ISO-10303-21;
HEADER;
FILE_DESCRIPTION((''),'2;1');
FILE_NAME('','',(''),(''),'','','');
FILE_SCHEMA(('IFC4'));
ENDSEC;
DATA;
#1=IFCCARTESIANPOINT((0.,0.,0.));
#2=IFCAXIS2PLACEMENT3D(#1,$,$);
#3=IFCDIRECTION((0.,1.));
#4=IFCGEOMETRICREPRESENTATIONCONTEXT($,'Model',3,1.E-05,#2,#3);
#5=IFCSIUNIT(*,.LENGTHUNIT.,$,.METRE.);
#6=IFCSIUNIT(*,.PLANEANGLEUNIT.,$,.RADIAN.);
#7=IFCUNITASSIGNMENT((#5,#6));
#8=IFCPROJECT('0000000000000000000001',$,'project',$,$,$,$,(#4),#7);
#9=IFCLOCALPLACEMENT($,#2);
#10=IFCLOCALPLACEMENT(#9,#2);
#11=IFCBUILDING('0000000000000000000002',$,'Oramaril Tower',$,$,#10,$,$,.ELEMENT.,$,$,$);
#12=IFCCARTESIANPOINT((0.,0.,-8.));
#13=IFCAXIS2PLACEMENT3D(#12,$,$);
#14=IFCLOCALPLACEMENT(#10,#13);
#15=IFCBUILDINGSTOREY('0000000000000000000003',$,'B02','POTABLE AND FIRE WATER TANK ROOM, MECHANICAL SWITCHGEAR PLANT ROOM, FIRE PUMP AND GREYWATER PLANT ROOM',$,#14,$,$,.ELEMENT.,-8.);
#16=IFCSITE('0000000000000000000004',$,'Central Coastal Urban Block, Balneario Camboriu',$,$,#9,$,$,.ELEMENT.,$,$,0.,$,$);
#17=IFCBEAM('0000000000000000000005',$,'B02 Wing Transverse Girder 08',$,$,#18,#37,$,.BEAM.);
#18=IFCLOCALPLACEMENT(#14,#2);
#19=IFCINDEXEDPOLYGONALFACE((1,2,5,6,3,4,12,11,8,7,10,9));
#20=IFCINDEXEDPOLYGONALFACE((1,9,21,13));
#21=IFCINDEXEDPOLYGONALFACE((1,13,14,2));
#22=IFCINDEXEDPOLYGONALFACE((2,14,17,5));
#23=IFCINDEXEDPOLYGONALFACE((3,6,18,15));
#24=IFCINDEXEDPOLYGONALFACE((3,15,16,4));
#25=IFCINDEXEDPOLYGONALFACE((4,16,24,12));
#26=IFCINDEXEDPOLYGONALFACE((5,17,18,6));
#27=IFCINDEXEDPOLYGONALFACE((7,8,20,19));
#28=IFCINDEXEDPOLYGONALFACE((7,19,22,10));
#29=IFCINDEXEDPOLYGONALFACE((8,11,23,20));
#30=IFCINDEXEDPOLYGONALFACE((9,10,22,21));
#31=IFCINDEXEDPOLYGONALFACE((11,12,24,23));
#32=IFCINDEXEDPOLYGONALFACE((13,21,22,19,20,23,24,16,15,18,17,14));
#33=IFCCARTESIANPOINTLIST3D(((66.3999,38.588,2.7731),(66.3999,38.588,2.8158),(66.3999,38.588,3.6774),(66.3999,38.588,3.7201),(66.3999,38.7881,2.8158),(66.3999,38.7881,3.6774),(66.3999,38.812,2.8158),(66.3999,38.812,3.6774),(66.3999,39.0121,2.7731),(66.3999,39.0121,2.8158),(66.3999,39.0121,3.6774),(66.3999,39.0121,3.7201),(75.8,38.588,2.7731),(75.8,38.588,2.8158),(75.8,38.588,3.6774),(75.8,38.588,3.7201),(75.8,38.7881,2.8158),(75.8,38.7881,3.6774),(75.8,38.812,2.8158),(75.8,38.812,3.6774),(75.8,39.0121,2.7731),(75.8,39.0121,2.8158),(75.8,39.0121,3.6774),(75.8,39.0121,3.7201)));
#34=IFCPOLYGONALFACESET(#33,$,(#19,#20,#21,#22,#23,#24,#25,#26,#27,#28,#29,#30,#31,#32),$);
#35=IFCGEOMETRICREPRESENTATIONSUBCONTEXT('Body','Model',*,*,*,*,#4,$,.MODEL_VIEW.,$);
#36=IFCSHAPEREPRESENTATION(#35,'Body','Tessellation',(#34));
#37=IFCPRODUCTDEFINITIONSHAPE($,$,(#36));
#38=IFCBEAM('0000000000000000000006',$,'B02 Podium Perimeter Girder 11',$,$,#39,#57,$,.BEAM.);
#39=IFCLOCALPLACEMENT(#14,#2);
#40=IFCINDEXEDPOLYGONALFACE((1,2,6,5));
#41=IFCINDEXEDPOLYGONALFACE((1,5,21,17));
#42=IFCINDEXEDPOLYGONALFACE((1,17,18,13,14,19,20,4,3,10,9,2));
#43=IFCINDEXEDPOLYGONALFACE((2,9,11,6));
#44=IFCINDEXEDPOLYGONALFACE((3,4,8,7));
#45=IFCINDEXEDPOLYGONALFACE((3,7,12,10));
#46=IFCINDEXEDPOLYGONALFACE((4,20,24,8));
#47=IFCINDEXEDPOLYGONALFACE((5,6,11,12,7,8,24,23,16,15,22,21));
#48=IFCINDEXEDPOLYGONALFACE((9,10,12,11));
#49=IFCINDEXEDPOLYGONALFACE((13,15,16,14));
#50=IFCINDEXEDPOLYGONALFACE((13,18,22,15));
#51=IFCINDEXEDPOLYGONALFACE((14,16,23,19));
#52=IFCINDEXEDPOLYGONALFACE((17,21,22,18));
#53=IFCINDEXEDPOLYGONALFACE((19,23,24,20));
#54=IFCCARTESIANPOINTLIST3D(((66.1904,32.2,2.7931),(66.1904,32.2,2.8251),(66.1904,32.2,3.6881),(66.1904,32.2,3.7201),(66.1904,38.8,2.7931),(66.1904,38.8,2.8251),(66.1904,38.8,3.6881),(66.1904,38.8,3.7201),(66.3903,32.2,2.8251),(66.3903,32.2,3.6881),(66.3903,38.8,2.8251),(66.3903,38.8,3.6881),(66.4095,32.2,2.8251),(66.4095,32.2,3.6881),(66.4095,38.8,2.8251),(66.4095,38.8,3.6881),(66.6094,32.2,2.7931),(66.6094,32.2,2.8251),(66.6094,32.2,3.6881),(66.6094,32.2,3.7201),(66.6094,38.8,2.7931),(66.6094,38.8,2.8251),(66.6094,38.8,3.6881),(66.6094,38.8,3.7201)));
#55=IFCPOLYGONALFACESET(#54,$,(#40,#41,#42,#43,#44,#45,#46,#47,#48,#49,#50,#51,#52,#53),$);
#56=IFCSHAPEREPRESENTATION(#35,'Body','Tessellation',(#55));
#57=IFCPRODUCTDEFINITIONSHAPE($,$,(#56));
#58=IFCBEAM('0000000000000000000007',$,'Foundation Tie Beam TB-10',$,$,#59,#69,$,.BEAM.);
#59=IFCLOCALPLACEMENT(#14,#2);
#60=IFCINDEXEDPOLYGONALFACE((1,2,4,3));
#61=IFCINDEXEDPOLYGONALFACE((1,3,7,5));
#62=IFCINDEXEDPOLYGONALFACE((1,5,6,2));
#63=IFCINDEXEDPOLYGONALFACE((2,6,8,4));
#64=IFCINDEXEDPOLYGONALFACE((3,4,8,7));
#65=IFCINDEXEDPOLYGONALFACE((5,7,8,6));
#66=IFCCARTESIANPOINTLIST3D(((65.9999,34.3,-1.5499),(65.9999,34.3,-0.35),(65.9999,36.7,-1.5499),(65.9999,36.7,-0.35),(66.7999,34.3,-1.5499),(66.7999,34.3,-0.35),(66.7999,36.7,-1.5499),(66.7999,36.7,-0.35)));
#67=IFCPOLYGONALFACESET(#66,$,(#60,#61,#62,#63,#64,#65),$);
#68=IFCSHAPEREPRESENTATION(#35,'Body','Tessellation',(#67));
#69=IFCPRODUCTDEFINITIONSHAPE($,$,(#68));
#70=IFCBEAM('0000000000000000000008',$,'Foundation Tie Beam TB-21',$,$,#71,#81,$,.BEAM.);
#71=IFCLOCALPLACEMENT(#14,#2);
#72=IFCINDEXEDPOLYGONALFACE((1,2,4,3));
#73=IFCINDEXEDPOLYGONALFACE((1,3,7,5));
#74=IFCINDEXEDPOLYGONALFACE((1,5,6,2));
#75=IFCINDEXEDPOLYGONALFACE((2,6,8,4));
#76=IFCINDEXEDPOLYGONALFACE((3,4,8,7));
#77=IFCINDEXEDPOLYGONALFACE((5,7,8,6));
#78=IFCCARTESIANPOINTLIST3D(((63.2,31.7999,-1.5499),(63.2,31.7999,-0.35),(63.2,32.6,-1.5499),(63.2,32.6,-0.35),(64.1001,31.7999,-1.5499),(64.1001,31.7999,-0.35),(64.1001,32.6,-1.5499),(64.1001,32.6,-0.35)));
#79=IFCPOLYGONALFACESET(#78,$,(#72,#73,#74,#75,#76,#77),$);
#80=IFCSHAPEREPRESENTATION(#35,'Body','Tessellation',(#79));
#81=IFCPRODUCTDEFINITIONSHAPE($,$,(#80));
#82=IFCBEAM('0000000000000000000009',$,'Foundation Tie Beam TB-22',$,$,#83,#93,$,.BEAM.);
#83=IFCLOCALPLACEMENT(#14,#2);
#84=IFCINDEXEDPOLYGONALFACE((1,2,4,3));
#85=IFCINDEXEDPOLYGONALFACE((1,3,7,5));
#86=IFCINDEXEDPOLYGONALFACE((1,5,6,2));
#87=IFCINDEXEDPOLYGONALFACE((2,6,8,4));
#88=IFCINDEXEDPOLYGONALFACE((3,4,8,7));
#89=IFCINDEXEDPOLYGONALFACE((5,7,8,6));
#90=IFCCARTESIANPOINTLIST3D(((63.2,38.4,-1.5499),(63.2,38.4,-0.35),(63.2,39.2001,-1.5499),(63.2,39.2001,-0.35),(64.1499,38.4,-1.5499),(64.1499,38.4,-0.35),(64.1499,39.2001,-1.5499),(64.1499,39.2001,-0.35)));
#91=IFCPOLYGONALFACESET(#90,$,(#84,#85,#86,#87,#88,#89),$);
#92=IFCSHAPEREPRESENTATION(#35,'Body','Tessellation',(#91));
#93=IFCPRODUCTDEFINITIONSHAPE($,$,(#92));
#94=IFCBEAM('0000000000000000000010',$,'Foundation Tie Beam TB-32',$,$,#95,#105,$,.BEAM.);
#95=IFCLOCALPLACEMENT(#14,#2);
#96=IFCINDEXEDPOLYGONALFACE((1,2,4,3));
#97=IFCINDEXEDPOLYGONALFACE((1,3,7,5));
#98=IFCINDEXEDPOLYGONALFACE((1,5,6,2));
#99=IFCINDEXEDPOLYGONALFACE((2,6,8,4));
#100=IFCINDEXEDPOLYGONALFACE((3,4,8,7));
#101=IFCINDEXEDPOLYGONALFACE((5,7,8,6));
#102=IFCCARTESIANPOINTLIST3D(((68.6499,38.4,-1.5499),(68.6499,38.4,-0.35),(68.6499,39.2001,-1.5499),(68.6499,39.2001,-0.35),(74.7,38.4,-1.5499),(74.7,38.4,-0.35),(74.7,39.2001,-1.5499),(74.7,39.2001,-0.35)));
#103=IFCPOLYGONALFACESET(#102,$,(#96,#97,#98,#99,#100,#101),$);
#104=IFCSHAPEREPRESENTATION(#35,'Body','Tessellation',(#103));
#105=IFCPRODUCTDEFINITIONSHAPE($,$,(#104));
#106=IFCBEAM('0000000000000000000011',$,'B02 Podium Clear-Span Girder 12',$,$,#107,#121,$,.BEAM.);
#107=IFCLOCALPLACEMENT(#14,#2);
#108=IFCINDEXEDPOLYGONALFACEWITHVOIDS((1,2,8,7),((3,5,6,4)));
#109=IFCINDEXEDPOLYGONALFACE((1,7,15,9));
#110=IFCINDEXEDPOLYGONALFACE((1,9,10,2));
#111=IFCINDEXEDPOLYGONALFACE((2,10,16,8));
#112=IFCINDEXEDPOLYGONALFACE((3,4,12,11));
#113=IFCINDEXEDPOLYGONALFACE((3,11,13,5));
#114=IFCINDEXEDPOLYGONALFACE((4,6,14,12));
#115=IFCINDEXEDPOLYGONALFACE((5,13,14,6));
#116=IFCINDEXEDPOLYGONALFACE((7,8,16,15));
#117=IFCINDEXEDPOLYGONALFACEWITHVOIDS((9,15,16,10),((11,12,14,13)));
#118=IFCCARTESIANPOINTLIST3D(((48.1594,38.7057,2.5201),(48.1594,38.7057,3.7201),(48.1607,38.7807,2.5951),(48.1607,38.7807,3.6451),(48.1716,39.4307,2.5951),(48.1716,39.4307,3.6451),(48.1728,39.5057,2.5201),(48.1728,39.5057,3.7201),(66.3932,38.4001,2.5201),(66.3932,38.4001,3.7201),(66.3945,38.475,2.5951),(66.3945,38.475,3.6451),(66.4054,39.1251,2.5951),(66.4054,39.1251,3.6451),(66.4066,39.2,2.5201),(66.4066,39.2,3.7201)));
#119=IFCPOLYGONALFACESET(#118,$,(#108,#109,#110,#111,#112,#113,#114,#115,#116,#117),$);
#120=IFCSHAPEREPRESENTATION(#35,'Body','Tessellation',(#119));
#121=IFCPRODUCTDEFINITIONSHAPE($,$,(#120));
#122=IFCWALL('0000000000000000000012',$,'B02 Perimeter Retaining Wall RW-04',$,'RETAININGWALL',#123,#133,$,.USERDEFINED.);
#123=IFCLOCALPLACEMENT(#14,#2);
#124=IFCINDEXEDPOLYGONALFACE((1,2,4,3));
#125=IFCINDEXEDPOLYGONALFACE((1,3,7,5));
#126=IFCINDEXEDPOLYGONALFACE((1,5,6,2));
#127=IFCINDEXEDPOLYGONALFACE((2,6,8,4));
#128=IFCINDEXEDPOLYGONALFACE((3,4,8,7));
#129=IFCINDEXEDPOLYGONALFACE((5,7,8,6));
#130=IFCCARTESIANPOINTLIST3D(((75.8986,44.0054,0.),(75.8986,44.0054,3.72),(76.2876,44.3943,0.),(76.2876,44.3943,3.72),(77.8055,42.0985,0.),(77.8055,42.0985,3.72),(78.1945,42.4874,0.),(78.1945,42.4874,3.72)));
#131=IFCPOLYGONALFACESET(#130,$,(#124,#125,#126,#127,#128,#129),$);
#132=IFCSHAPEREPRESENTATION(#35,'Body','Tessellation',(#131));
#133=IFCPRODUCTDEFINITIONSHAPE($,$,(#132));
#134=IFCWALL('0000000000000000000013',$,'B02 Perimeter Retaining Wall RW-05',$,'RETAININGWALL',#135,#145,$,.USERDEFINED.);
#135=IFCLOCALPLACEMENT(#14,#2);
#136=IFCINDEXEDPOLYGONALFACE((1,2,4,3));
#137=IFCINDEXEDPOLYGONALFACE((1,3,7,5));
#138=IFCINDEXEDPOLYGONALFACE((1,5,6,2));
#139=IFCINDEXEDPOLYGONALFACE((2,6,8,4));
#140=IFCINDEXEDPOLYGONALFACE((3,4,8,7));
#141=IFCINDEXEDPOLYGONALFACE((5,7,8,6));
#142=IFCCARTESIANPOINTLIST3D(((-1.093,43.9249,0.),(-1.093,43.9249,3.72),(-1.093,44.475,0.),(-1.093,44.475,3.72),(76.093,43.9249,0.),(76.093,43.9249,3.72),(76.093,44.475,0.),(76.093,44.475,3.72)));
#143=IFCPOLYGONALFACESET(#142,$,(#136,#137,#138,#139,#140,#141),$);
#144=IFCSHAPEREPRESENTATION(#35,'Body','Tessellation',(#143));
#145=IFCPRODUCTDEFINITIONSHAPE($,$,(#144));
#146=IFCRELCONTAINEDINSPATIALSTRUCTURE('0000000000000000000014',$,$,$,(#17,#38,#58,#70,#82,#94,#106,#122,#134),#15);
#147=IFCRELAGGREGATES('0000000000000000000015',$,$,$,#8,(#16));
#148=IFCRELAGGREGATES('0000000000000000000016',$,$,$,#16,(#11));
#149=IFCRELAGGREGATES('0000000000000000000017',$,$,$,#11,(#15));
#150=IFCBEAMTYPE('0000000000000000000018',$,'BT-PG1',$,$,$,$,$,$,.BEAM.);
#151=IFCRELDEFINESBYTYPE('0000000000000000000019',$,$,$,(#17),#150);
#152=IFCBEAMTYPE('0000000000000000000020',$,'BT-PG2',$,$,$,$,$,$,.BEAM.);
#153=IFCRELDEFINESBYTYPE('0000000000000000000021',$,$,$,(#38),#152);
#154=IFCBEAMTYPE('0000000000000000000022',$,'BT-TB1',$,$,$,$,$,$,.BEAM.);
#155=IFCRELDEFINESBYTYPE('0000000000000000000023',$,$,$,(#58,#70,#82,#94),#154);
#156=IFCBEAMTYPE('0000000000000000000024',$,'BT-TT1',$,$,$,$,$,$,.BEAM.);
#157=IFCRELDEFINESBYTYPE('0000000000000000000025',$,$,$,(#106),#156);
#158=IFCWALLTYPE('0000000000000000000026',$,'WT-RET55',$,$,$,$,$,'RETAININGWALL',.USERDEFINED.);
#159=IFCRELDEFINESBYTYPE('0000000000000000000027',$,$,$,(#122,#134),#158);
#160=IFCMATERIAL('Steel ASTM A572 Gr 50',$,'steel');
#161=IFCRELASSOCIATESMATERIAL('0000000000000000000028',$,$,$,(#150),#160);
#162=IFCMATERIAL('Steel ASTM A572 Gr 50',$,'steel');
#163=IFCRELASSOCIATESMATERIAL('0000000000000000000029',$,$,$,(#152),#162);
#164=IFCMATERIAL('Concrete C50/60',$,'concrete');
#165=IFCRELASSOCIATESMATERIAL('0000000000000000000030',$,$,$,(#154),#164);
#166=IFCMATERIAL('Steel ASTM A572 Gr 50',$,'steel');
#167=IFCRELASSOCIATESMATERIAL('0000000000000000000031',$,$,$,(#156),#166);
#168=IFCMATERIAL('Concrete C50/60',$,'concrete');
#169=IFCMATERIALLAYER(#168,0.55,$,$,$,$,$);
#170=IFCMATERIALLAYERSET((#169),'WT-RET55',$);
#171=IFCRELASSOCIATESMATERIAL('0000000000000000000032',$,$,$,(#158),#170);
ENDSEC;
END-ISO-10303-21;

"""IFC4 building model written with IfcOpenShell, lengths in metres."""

from ifc_helpers import new_model, si_unit, direction, frame, frame_2d, origin, origin_2d, place, context, subcontext, project, spatial, rectangle, hollow_rectangle, i_section, extrude, material, layer, layer_set, material_profile, profile_set, type_object, element, save


model = new_model("IFC4")

# Units and contexts
model_context = context("Model", 3, precision=1e-05, world=origin(), true_north=direction((0.0, 1.0)))
body_context = subcontext(model_context, "Body", "Model", "MODEL_VIEW")
ifc_project = project(units=[si_unit("LENGTHUNIT", "METRE"), si_unit("PLANEANGLEUNIT", "RADIAN")], contexts=[model_context])

# Site, building, storey
site_placement = place(None, origin())
site = spatial("IfcSite", under=ifc_project, at=site_placement, Name="Central Coastal Urban Block, Balneario Camboriu", CompositionType="ELEMENT", RefElevation=0.0)
building_placement = place(site_placement, origin())
building = spatial("IfcBuilding", under=site, at=building_placement, Name="Oramaril Tower", CompositionType="ELEMENT")
storey_placement = place(building_placement, frame((0.0, 0.0, -8.0)))
storey = spatial("IfcBuildingStorey", under=building, at=storey_placement, Name="B02", Description="POTABLE AND FIRE WATER TANK ROOM, MECHANICAL SWITCHGEAR PLANT ROOM, FIRE PUMP AND GREYWATER PLANT ROOM", CompositionType="ELEMENT", Elevation=-8.0)

# Beams
ifc_material_1 = material(Name="Steel ASTM A572 Gr 50", Category="steel")
ifc_material_profile_1 = material_profile(ifc_material_1, i_section(OverallWidth=0.4241, OverallDepth=0.947, WebThickness=0.0239, FlangeThickness=0.0427, at=origin_2d()), Name="W36X302")
ifc_profile_set_1 = profile_set([ifc_material_profile_1], Name="Steel ASTM A572 Gr 50")
beam_type_1 = type_object("IfcBeamType", Name="BT-PG1", PredefinedType="BEAM", material=ifc_profile_set_1)
beam_1_placement = place(storey_placement, frame((66.3999, 38.8, 3.2466), z_axis=(1.0, 0.0, 0.0), x_axis=(0.0, 1.0, 0.0)))
element("IfcBeam", 1, at=beam_1_placement, inside=storey, type_object=beam_type_1, Name="B02 Wing Transverse Girder 08", PredefinedType="BEAM", context=body_context, shape_type="SweptSolid", body=[
    extrude(i_section(OverallWidth=0.4241, OverallDepth=0.947, WebThickness=0.0239, FlangeThickness=0.0427, at=origin_2d()), origin(), (0.0, 0.0, 1.0), 9.4001),
])
ifc_material_2 = material(Name="Steel ASTM A572 Gr 50", Category="steel")
ifc_material_profile_2 = material_profile(ifc_material_2, i_section(OverallWidth=0.4189, OverallDepth=0.927, WebThickness=0.0193, FlangeThickness=0.032, at=origin_2d()), Name="W36X231")
ifc_profile_set_2 = profile_set([ifc_material_profile_2], Name="Steel ASTM A572 Gr 50")
beam_type_2 = type_object("IfcBeamType", Name="BT-PG2", PredefinedType="BEAM", material=ifc_profile_set_2)
beam_2_placement = place(storey_placement, frame((66.3999, 32.2, 3.2566), z_axis=(0.0, 1.0, 0.0), x_axis=(-1.0, 0.0, 0.0)))
element("IfcBeam", 2, at=beam_2_placement, inside=storey, type_object=beam_type_2, Name="B02 Podium Perimeter Girder 11", PredefinedType="BEAM", context=body_context, shape_type="SweptSolid", body=[
    extrude(i_section(OverallWidth=0.4189, OverallDepth=0.927, WebThickness=0.0193, FlangeThickness=0.032, at=origin_2d()), origin(), (0.0, 0.0, 1.0), 6.6001),
])
ifc_material_3 = material(Name="Concrete C50/60", Category="concrete")
ifc_material_profile_3 = material_profile(ifc_material_3, rectangle(XDim=0.8, YDim=1.2, at=origin_2d()), Name="TB800X1200")
ifc_profile_set_3 = profile_set([ifc_material_profile_3], Name="Concrete C50/60")
beam_type_3 = type_object("IfcBeamType", Name="BT-TB1", PredefinedType="BEAM", material=ifc_profile_set_3)
beam_3_placement = place(storey_placement, frame((66.3999, 34.3, -0.95), z_axis=(0.0, 1.0, 0.0), x_axis=(-1.0, 0.0, 0.0)))
element("IfcBeam", 3, at=beam_3_placement, inside=storey, type_object=beam_type_3, Name="Foundation Tie Beam TB-10", PredefinedType="BEAM", context=body_context, shape_type="SweptSolid", body=[
    extrude(rectangle(XDim=0.8, YDim=1.2, at=origin_2d()), origin(), (0.0, 0.0, 1.0), 2.3999),
])
beam_4_placement = place(storey_placement, frame((63.2, 32.2, -0.95), z_axis=(1.0, 0.0, 0.0), x_axis=(0.0, 1.0, 0.0)))
element("IfcBeam", 4, at=beam_4_placement, inside=storey, type_object=beam_type_3, Name="Foundation Tie Beam TB-21", PredefinedType="BEAM", context=body_context, shape_type="SweptSolid", body=[
    extrude(rectangle(XDim=0.8, YDim=1.2, at=origin_2d()), origin(), (0.0, 0.0, 1.0), 0.9001),
])
beam_5_placement = place(storey_placement, frame((63.2, 38.8, -0.95), z_axis=(1.0, 0.0, 0.0), x_axis=(0.0, 1.0, 0.0)))
element("IfcBeam", 5, at=beam_5_placement, inside=storey, type_object=beam_type_3, Name="Foundation Tie Beam TB-22", PredefinedType="BEAM", context=body_context, shape_type="SweptSolid", body=[
    extrude(rectangle(XDim=0.8, YDim=1.2, at=origin_2d()), origin(), (0.0, 0.0, 1.0), 0.95),
])
beam_6_placement = place(storey_placement, frame((68.6499, 38.8, -0.95), z_axis=(1.0, 0.0, 0.0), x_axis=(0.0, 1.0, 0.0)))
element("IfcBeam", 6, at=beam_6_placement, inside=storey, type_object=beam_type_3, Name="Foundation Tie Beam TB-32", PredefinedType="BEAM", context=body_context, shape_type="SweptSolid", body=[
    extrude(rectangle(XDim=0.8, YDim=1.2, at=origin_2d()), origin(), (0.0, 0.0, 1.0), 6.05),
])
ifc_material_4 = material(Name="Steel ASTM A572 Gr 50", Category="steel")
ifc_material_profile_4 = material_profile(ifc_material_4, hollow_rectangle(XDim=0.8, YDim=1.2, WallThickness=0.075, at=origin_2d()), Name="BOX1200X800X75")
ifc_profile_set_4 = profile_set([ifc_material_profile_4], Name="Steel ASTM A572 Gr 50")
beam_type_4 = type_object("IfcBeamType", Name="BT-TT1", PredefinedType="BEAM", material=ifc_profile_set_4)
beam_7_placement = place(storey_placement, frame((66.3999, 38.8, 3.1201), z_axis=(-0.99986, 0.016761, 0.0), x_axis=(-0.016761, -0.99986, 0.0)))
element("IfcBeam", 7, at=beam_7_placement, inside=storey, type_object=beam_type_4, Name="B02 Podium Clear-Span Girder 12", PredefinedType="BEAM", context=body_context, shape_type="SweptSolid", body=[
    extrude(hollow_rectangle(XDim=0.8, YDim=1.2, WallThickness=0.075, at=origin_2d()), origin(), (0.0, 0.0, 1.0), 18.2363),
])

# Walls
ifc_material_5 = material(Name="Concrete C50/60", Category="concrete")
ifc_layer = layer(ifc_material_5, 0.55)
ifc_layer_set = layer_set([ifc_layer], Name="WT-RET55")
wall_type = type_object("IfcWallType", Name="WT-RET55", ElementType="RETAININGWALL", PredefinedType="USERDEFINED", material=ifc_layer_set)
wall_1_placement = place(storey_placement, frame((78.0, 42.293, 0.0), z_axis=(0.0, 0.0, 1.0), x_axis=(-0.707107, 0.707107, 0.0)))
element("IfcWall", 8, at=wall_1_placement, inside=storey, type_object=wall_type, Name="B02 Perimeter Retaining Wall RW-04", ObjectType="RETAININGWALL", PredefinedType="USERDEFINED", context=body_context, shape_type="SweptSolid", body=[
    extrude(rectangle(XDim=2.6968, YDim=0.55, at=frame_2d((1.3484, 0.0))), origin(), (0.0, 0.0, 1.0), 3.72),
])
wall_2_placement = place(storey_placement, frame((76.093, 44.2, 0.0), z_axis=(0.0, 0.0, 1.0), x_axis=(-1.0, 0.0, 0.0)))
element("IfcWall", 9, at=wall_2_placement, inside=storey, type_object=wall_type, Name="B02 Perimeter Retaining Wall RW-05", ObjectType="RETAININGWALL", PredefinedType="USERDEFINED", context=body_context, shape_type="SweptSolid", body=[
    extrude(rectangle(XDim=77.186, YDim=0.55, at=frame_2d((38.593, 0.0))), origin(), (0.0, 0.0, 1.0), 3.72),
])

save(model, "model.ifc")
